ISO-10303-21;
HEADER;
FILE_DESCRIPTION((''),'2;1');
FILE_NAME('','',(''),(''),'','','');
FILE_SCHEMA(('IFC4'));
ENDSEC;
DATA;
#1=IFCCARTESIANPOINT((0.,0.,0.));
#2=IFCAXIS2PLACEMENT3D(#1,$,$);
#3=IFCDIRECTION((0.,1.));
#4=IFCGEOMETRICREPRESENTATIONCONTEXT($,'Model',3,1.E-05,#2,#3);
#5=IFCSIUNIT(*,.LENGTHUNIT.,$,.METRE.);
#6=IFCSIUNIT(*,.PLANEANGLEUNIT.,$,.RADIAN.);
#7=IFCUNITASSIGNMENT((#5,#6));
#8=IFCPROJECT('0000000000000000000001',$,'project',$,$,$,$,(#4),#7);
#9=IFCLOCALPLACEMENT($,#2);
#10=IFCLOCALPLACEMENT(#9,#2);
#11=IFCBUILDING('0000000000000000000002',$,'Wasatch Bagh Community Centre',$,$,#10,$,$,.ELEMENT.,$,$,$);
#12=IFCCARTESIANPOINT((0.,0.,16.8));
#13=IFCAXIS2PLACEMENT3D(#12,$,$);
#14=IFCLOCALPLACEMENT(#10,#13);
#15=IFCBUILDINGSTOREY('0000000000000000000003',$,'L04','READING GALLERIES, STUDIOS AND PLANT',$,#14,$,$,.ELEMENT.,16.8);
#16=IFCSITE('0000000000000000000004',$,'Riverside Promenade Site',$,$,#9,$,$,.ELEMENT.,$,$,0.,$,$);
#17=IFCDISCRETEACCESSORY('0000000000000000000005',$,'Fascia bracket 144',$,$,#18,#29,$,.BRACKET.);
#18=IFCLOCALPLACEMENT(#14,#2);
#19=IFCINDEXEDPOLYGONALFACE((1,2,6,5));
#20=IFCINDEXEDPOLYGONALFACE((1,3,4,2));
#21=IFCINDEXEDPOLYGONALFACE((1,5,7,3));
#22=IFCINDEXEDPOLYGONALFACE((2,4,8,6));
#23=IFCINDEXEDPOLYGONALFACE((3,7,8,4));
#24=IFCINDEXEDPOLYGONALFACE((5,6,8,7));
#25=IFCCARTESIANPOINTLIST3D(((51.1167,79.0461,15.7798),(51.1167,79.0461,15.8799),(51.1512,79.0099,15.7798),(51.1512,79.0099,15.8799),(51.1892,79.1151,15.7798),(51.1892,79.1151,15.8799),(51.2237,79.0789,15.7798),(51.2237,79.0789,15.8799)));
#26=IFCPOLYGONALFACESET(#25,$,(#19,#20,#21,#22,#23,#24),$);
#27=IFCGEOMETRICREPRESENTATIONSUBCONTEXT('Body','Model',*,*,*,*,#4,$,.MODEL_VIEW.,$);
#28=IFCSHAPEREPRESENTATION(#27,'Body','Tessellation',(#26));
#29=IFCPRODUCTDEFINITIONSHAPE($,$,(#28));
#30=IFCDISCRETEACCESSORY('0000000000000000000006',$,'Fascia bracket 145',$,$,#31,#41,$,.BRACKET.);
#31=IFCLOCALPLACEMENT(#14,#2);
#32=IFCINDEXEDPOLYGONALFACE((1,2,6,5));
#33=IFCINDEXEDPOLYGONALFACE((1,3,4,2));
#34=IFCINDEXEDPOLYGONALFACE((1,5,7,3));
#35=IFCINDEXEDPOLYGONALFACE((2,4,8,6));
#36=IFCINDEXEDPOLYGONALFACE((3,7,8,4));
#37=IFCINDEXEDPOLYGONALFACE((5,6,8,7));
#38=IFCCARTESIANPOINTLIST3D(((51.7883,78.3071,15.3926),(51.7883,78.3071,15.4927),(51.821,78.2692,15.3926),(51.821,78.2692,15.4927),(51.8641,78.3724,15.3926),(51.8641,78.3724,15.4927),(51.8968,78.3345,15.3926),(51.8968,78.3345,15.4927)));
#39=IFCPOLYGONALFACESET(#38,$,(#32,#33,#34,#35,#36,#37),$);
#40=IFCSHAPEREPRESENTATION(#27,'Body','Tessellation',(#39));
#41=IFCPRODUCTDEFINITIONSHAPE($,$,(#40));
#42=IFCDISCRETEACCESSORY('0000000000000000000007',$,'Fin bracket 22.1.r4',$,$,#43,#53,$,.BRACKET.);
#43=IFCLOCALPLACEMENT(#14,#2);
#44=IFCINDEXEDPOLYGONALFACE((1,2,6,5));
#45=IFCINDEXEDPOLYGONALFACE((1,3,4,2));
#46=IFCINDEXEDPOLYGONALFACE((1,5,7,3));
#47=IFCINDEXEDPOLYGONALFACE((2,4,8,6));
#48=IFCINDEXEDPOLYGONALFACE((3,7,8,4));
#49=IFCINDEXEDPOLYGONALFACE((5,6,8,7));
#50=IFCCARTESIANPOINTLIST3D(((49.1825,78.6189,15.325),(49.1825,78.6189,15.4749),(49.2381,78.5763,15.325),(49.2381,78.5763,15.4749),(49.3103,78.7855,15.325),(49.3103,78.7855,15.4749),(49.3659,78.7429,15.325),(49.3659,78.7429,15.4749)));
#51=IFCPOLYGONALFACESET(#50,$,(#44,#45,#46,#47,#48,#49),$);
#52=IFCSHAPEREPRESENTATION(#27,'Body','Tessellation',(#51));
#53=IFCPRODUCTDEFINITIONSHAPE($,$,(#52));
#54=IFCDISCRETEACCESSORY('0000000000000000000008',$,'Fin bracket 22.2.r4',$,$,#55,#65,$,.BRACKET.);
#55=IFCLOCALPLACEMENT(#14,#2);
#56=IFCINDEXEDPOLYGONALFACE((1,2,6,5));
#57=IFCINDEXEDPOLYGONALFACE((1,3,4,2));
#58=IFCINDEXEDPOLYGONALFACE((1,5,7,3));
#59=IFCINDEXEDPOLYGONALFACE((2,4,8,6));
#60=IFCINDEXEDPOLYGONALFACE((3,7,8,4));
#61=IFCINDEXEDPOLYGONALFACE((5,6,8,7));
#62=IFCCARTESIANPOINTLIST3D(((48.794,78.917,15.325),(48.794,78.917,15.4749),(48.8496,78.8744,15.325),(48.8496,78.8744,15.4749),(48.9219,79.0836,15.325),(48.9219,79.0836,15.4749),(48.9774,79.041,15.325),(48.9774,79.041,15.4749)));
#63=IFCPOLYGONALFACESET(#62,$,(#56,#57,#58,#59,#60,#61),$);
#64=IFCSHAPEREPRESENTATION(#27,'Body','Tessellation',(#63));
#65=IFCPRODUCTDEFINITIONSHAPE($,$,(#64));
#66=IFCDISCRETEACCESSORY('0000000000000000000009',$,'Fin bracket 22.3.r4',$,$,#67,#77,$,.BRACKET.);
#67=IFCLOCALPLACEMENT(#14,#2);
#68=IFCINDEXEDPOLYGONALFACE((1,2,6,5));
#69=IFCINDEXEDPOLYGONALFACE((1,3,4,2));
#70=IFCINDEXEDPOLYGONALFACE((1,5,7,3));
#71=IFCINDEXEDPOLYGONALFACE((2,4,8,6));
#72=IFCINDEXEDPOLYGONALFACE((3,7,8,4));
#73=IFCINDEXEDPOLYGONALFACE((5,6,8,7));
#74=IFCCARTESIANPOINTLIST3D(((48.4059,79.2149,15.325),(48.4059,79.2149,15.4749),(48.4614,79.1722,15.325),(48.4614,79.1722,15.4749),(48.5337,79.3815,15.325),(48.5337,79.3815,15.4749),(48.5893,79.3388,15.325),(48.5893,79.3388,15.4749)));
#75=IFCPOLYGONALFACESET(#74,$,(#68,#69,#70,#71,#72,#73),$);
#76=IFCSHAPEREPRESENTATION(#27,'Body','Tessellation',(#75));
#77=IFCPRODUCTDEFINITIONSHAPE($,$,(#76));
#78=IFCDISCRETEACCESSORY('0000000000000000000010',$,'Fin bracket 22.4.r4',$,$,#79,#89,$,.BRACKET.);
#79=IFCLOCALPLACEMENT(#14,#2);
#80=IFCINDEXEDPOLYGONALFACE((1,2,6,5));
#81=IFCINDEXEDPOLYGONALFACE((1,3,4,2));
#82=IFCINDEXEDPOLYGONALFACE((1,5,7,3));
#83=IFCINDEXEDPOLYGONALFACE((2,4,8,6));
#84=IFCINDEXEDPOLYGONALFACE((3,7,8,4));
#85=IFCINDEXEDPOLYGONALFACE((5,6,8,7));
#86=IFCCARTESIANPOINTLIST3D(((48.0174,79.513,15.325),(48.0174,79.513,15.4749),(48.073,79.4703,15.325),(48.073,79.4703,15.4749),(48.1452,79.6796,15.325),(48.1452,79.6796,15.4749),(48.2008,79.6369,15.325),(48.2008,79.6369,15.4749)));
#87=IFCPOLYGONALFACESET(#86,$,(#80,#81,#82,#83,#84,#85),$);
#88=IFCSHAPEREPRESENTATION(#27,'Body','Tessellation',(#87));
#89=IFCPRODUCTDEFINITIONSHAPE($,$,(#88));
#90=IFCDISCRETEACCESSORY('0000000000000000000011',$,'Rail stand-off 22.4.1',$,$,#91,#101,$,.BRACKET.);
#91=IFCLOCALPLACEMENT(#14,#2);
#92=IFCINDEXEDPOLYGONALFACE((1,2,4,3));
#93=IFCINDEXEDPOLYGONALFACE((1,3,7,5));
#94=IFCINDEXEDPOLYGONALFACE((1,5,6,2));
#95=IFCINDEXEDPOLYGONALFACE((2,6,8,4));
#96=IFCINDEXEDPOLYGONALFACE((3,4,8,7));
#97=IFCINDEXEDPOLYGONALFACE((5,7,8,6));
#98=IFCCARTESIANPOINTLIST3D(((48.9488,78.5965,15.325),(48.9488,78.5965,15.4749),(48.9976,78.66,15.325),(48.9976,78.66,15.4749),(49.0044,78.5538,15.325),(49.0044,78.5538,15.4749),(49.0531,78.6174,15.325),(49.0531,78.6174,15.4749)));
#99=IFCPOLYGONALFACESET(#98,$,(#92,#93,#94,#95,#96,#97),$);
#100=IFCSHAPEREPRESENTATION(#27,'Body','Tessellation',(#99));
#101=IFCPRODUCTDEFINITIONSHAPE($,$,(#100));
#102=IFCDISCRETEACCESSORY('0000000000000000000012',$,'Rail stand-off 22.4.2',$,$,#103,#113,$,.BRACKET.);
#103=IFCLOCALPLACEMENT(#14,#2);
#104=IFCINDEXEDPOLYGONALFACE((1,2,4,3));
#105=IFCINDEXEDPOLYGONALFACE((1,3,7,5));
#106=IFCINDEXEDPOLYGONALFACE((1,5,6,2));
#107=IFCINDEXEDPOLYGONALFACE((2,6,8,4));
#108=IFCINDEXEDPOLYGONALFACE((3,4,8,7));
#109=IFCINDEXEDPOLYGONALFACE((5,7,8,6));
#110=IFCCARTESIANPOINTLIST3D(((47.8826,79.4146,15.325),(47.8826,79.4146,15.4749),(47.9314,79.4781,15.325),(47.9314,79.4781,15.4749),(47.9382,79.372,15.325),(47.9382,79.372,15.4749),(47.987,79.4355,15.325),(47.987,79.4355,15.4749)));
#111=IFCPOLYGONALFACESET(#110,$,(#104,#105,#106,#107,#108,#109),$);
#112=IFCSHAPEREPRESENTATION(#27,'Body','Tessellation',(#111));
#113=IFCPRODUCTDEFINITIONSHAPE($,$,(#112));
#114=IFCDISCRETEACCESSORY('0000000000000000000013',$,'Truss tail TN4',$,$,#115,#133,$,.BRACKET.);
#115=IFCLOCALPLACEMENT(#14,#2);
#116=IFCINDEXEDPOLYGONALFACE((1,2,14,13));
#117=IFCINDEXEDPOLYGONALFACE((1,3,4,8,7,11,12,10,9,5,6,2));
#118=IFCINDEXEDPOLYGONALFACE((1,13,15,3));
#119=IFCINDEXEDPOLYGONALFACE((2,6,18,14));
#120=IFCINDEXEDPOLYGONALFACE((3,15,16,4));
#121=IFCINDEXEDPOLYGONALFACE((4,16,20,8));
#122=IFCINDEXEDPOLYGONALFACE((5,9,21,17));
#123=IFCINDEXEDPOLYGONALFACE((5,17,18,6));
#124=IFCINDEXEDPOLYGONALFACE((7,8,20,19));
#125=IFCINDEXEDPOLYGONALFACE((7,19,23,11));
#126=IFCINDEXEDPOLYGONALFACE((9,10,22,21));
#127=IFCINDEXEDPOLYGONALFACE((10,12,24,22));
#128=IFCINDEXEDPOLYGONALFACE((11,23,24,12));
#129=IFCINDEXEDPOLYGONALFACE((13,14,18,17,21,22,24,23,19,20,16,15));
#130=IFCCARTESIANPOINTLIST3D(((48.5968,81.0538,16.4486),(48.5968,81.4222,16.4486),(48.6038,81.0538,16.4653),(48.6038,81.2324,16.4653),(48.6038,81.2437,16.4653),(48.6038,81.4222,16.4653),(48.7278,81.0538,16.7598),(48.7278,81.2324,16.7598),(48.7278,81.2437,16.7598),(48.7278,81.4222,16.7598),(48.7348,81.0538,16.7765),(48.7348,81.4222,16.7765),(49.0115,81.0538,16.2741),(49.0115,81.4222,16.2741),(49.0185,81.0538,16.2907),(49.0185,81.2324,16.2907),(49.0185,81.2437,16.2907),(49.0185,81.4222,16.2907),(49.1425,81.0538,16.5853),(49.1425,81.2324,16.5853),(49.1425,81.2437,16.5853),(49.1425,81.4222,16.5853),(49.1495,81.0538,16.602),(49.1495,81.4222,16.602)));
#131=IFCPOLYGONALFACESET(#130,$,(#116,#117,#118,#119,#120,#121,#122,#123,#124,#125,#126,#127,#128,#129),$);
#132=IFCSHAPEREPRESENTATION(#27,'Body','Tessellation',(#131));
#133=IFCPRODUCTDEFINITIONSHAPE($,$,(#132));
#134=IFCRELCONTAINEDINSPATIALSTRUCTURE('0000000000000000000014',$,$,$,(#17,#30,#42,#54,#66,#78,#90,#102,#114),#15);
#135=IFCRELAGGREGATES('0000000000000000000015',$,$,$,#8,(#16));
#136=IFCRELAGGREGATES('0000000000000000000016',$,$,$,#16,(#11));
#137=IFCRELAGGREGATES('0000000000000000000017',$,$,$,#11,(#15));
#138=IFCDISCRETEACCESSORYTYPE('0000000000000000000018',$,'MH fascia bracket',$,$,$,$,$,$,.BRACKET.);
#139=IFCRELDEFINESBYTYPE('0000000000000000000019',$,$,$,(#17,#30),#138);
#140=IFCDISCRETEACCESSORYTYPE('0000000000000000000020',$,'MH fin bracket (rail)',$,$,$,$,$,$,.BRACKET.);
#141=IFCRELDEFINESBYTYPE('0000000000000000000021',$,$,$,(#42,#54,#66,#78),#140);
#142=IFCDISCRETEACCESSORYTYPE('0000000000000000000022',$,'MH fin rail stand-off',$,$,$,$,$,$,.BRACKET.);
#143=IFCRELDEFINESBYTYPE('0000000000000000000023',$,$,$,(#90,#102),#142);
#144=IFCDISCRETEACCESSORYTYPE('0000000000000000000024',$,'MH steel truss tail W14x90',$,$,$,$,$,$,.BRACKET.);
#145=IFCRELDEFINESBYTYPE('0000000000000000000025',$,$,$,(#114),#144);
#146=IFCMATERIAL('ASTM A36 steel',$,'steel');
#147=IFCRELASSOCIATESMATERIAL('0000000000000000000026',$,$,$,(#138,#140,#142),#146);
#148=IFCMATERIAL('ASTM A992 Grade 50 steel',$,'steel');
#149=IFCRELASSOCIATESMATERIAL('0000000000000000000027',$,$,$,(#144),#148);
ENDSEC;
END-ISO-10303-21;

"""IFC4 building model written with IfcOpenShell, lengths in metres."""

from ifc_helpers import new_model, si_unit, direction, frame, origin, origin_2d, place, context, subcontext, project, spatial, rectangle, i_section, extrude, material, material_profile, profile_set, type_object, element, save


model = new_model("IFC4")

# Units and contexts
model_context = context("Model", 3, precision=1e-05, world=origin(), true_north=direction((0.0, 1.0)))
body_context = subcontext(model_context, "Body", "Model", "MODEL_VIEW")
ifc_project = project(units=[si_unit("LENGTHUNIT", "METRE"), si_unit("PLANEANGLEUNIT", "RADIAN")], contexts=[model_context])

# Site, building, storey
site_placement = place(None, origin())
site = spatial("IfcSite", under=ifc_project, at=site_placement, Name="Riverside Promenade Site", CompositionType="ELEMENT", RefElevation=0.0)
building_placement = place(site_placement, origin())
building = spatial("IfcBuilding", under=site, at=building_placement, Name="Wasatch Bagh Community Centre", CompositionType="ELEMENT")
storey_placement = place(building_placement, frame((0.0, 0.0, 16.8)))
storey = spatial("IfcBuildingStorey", under=building, at=storey_placement, Name="L04", Description="READING GALLERIES, STUDIOS AND PLANT", CompositionType="ELEMENT", Elevation=16.8)

# Shared definitions
ifc_material_1 = material(Name="ASTM A992 Grade 50 steel", Category="steel")

# Discrete accessories
ifc_material_2 = material(Name="ASTM A36 steel", Category="steel")
discrete_accessory_type_1 = type_object("IfcDiscreteAccessoryType", Name="MH fascia bracket", PredefinedType="BRACKET", material=ifc_material_2)
for number, where, z_axis, x_axis, name in (
    (1, (51.1702, 79.0625, 15.7798), (0.0, 0.0, 1.0), (0.724247, 0.689541, 0.0), "Fascia bracket 144"),
    (2, (51.8425, 78.3208, 15.3926), (0.0, 0.0, 1.0), (0.757209, 0.653173, 0.0), "Fascia bracket 145"),
):
    element("IfcDiscreteAccessory", number, at=place(storey_placement, frame(where, z_axis=z_axis, x_axis=x_axis)), inside=storey, type_object=discrete_accessory_type_1, Name=name, PredefinedType="BRACKET", context=body_context, shape_type="SweptSolid", body=[
        extrude(rectangle(XDim=0.1001, YDim=0.05, at=origin_2d()), origin(), (0.0, 0.0, 1.0), 0.1001),
    ])
discrete_accessory_type_2 = type_object("IfcDiscreteAccessoryType", Name="MH fin bracket (rail)", PredefinedType="BRACKET", material=ifc_material_2)
for number, where, z_axis, x_axis, name in (
    (3, (49.2742, 78.6809, 15.325), (0.0, 0.0, 1.0), (-0.793353, 0.608761, 0.0), "Fin bracket 22.1.r4"),
    (4, (48.8857, 78.979, 15.325), (0.0, 0.0, 1.0), (-0.793353, 0.608761, 0.0), "Fin bracket 22.2.r4"),
    (5, (48.4976, 79.2769, 15.325), (0.0, 0.0, 1.0), (-0.793353, 0.608761, 0.0), "Fin bracket 22.3.r4"),
    (6, (48.1091, 79.575, 15.325), (0.0, 0.0, 1.0), (-0.793353, 0.608761, 0.0), "Fin bracket 22.4.r4"),
):
    element("IfcDiscreteAccessory", number, at=place(storey_placement, frame(where, z_axis=z_axis, x_axis=x_axis)), inside=storey, type_object=discrete_accessory_type_2, Name=name, PredefinedType="BRACKET", context=body_context, shape_type="SweptSolid", body=[
        extrude(rectangle(XDim=0.0701, YDim=0.21, at=origin_2d()), origin(), (0.0, 0.0, 1.0), 0.1499),
    ])
discrete_accessory_type_3 = type_object("IfcDiscreteAccessoryType", Name="MH fin rail stand-off", PredefinedType="BRACKET", material=ifc_material_2)
for number, where, z_axis, x_axis, name in (
    (7, (49.001, 78.6069, 15.325), (0.0, 0.0, 1.0), (-0.793353, 0.608761, 0.0), "Rail stand-off 22.4.1"),
    (8, (47.9348, 79.425, 15.325), (0.0, 0.0, 1.0), (-0.793353, 0.608761, 0.0), "Rail stand-off 22.4.2"),
):
    element("IfcDiscreteAccessory", number, at=place(storey_placement, frame(where, z_axis=z_axis, x_axis=x_axis)), inside=storey, type_object=discrete_accessory_type_3, Name=name, PredefinedType="BRACKET", context=body_context, shape_type="SweptSolid", body=[
        extrude(rectangle(XDim=0.0701, YDim=0.0801, at=origin_2d()), origin(), (0.0, 0.0, 1.0), 0.1499),
    ])
ifc_material_profile_1 = material_profile(ifc_material_1, i_section(OverallWidth=0.3684, OverallDepth=0.3557, WebThickness=0.0112, FlangeThickness=0.0181, at=origin_2d()), Name="W14x90")
ifc_profile_set_1 = profile_set([ifc_material_profile_1], Name="ASTM A992 Grade 50 steel")
discrete_accessory_type_4 = type_object("IfcDiscreteAccessoryType", Name="MH steel truss tail W14x90", PredefinedType="BRACKET", material=ifc_profile_set_1)
discrete_accessory_placement = place(storey_placement, frame((48.6658, 81.238, 16.6125), z_axis=(0.921707, 0.0, -0.387887), x_axis=(0.0, 1.0, 0.0)))
element("IfcDiscreteAccessory", 9, at=discrete_accessory_placement, inside=storey, type_object=discrete_accessory_type_4, Name="Truss tail TN4", PredefinedType="BRACKET", context=body_context, shape_type="SweptSolid", body=[
    extrude(i_section(OverallWidth=0.3684, OverallDepth=0.3557, WebThickness=0.0112, FlangeThickness=0.0181, at=origin_2d()), origin(), (0.0, 0.0, 1.0), 0.45),
])

save(model, "model.ifc")
